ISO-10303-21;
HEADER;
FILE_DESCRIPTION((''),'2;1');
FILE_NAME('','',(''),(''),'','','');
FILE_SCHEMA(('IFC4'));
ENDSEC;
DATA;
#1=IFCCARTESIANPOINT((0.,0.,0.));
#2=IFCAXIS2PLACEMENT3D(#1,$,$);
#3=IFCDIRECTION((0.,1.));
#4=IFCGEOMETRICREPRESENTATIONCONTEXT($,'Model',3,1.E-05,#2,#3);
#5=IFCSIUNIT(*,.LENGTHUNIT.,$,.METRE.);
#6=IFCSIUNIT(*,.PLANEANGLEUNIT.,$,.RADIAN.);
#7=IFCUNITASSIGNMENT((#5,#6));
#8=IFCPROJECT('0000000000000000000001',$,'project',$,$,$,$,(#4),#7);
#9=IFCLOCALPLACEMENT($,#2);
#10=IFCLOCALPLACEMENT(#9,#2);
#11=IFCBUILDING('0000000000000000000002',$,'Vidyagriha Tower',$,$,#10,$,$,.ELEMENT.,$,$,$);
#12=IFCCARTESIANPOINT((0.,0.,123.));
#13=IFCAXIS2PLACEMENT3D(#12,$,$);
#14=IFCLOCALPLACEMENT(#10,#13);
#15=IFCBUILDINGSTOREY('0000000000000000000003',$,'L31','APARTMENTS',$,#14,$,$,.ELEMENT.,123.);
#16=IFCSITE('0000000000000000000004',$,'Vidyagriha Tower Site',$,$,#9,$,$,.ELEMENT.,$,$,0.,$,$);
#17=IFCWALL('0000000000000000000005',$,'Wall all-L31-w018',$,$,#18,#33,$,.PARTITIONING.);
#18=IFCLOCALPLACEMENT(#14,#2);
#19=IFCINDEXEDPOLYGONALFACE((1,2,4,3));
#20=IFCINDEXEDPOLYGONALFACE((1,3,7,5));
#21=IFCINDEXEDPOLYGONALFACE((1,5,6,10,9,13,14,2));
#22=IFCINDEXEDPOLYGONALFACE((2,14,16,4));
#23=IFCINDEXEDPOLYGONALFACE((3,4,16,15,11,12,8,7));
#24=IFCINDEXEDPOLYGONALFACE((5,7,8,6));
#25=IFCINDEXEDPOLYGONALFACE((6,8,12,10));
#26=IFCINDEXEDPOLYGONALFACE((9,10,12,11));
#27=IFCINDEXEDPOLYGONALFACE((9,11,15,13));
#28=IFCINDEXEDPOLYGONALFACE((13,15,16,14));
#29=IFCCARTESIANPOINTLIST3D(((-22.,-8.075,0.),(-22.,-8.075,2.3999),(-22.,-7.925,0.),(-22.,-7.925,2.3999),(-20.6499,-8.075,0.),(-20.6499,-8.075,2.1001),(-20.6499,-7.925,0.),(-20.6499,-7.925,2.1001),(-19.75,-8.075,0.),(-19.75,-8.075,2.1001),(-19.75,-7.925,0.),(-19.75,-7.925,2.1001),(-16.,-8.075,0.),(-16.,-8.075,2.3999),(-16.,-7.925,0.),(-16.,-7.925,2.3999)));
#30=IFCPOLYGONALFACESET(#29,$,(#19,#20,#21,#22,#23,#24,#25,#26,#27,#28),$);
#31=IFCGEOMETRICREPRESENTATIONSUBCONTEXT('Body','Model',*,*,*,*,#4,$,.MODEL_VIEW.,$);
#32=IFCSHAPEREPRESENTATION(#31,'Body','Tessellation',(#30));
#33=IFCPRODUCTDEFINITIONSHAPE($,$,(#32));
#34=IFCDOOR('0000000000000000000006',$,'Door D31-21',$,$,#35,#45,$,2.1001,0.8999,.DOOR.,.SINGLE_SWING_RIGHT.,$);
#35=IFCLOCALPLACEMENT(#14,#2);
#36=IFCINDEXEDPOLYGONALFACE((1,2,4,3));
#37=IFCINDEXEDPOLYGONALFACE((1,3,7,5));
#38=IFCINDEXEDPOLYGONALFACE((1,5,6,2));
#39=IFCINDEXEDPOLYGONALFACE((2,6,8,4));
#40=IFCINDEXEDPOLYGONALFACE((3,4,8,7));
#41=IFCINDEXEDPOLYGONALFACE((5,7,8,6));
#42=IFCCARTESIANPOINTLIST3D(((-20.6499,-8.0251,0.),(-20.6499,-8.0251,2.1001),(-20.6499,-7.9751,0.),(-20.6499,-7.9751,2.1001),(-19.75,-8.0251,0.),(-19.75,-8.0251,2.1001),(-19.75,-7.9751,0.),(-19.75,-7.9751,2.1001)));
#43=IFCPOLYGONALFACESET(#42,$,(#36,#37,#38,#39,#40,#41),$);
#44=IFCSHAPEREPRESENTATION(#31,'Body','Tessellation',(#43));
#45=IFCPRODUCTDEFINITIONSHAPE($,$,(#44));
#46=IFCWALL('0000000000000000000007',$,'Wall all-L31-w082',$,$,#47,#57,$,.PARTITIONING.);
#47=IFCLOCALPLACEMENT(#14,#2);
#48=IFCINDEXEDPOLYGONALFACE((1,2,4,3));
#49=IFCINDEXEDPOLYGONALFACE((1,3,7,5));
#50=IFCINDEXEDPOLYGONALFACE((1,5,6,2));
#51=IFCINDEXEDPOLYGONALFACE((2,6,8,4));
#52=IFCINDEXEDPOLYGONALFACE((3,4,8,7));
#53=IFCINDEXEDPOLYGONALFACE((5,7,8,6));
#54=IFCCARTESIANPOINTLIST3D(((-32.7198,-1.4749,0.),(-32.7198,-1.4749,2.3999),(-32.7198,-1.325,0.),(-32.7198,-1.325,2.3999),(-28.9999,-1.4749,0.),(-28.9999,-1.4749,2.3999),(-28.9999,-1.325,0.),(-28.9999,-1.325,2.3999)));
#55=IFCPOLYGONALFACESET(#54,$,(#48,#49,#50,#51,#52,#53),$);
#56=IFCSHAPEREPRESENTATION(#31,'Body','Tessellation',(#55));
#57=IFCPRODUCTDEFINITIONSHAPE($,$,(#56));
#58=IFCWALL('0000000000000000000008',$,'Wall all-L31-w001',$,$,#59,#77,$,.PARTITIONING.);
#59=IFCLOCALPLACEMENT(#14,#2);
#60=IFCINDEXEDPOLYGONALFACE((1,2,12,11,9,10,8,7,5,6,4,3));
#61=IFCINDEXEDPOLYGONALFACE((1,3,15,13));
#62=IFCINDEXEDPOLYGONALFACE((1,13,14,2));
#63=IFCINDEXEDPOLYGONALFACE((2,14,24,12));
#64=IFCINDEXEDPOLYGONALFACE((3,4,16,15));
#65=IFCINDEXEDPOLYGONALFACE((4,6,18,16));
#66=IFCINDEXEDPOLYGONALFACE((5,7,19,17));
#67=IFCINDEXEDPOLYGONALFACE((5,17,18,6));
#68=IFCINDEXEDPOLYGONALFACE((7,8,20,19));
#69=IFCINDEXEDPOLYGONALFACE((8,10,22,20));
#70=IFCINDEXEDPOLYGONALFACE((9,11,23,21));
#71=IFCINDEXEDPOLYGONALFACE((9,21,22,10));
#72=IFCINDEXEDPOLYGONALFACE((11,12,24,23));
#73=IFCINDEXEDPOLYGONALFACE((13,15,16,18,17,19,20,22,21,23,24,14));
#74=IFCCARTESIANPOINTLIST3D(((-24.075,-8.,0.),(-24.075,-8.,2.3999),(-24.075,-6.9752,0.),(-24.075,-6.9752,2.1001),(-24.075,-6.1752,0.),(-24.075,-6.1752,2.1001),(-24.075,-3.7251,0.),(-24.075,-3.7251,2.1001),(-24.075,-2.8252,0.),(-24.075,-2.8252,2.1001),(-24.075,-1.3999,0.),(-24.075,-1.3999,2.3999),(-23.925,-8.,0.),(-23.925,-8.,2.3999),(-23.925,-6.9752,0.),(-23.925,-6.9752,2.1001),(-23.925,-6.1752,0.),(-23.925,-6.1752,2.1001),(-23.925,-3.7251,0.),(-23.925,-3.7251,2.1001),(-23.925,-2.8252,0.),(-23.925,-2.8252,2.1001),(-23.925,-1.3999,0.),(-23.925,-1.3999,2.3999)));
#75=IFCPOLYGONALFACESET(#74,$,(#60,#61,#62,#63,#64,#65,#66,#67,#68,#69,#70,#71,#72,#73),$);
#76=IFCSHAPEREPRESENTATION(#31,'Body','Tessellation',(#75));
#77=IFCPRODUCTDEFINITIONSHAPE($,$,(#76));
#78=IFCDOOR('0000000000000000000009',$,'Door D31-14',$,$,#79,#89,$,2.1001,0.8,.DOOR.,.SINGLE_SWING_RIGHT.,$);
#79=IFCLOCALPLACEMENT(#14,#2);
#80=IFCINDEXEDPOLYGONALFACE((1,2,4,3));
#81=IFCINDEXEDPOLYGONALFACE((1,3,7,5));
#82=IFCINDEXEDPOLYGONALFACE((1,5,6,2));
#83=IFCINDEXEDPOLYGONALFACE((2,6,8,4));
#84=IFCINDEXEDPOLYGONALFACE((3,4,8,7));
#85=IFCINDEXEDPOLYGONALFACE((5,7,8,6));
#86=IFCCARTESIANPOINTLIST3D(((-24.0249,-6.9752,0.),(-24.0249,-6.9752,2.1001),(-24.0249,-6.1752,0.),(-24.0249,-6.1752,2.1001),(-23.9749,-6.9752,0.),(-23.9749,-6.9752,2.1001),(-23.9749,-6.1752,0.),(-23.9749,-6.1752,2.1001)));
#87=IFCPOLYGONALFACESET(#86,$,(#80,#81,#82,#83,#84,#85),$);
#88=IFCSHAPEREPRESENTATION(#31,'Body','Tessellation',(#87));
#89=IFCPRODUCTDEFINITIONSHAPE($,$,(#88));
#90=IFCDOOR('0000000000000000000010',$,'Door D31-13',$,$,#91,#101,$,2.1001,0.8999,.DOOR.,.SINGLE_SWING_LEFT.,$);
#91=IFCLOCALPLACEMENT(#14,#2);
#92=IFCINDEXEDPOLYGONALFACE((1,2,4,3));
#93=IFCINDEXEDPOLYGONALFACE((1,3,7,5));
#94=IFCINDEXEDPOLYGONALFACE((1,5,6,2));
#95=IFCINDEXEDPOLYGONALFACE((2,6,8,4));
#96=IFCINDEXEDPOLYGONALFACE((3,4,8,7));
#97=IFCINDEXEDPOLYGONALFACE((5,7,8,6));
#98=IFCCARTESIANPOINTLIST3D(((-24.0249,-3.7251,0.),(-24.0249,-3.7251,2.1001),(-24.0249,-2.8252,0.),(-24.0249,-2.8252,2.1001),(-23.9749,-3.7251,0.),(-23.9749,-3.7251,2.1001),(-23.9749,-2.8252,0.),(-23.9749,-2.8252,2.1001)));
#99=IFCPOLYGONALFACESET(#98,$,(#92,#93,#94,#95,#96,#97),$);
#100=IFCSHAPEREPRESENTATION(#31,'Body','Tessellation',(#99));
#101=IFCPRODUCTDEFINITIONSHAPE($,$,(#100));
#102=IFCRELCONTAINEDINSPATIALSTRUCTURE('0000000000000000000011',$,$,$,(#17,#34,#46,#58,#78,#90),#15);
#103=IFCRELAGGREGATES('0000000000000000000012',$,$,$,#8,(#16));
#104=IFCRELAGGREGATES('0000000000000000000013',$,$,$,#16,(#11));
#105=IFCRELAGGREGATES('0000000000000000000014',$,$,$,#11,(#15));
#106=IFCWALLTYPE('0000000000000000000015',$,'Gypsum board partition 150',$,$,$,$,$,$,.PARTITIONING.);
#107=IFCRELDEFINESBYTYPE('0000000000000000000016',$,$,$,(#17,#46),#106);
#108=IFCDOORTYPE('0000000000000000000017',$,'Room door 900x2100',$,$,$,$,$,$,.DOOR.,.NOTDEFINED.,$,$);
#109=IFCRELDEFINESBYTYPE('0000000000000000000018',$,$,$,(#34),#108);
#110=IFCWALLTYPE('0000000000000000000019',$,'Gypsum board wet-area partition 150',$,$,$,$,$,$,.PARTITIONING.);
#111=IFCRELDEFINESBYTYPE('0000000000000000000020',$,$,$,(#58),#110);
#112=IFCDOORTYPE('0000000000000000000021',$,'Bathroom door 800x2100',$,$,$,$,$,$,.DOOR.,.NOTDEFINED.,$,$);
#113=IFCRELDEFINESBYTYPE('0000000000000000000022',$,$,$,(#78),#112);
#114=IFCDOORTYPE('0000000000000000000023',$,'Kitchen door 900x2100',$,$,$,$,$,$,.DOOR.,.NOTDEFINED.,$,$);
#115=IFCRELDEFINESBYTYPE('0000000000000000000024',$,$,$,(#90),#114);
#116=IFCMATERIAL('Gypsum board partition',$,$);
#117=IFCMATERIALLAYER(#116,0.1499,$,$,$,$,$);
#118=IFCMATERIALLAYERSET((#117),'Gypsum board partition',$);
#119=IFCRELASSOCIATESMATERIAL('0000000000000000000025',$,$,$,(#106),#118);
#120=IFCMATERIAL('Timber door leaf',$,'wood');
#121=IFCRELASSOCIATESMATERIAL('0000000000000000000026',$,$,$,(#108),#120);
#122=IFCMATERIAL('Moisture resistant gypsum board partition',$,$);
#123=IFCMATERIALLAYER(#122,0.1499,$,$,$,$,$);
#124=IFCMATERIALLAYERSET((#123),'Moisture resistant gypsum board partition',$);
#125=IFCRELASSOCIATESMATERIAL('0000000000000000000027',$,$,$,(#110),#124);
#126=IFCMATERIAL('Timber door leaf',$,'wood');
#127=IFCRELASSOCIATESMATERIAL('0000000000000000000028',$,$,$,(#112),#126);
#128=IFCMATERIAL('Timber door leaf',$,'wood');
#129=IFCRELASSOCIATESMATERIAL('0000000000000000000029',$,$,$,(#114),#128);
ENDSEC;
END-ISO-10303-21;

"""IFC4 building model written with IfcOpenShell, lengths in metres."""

from ifc_helpers import new_model, si_unit, direction, frame, frame_2d, origin, place, context, subcontext, project, spatial, rectangle, extrude, material, layer, layer_set, type_object, element, fill, save


model = new_model("IFC4")

# Units and contexts
model_context = context("Model", 3, precision=1e-05, world=origin(), true_north=direction((0.0, 1.0)))
body_context = subcontext(model_context, "Body", "Model", "MODEL_VIEW")
ifc_project = project(units=[si_unit("LENGTHUNIT", "METRE"), si_unit("PLANEANGLEUNIT", "RADIAN")], contexts=[model_context])

# Site, building, storey
site_placement = place(None, origin())
site = spatial("IfcSite", under=ifc_project, at=site_placement, Name="Vidyagriha Tower Site", CompositionType="ELEMENT", RefElevation=0.0)
building_placement = place(site_placement, origin())
building = spatial("IfcBuilding", under=site, at=building_placement, Name="Vidyagriha Tower", CompositionType="ELEMENT")
storey_placement = place(building_placement, frame((0.0, 0.0, 123.0)))
storey = spatial("IfcBuildingStorey", under=building, at=storey_placement, Name="L31", Description="APARTMENTS", CompositionType="ELEMENT", Elevation=123.0)

# Shared definitions
ifc_material_1 = material(Name="Gypsum board partition")
ifc_layer_1 = layer(ifc_material_1, 0.1499)
ifc_layer_set_1 = layer_set([ifc_layer_1], Name="Gypsum board partition")
wall_type_1 = type_object("IfcWallType", Name="Gypsum board partition 150", PredefinedType="PARTITIONING", material=ifc_layer_set_1)

# Shared definitions
ifc_material_2 = material(Name="Timber door leaf", Category="wood")
door_type_1 = type_object("IfcDoorType", Name="Room door 900x2100", OperationType="NOTDEFINED", PredefinedType="DOOR", material=ifc_material_2)

# Wall, opening, door
wall_1_placement = place(storey_placement, frame((-22.0, -8.0, 0.0)))
wall_1 = element("IfcWall", 1, at=wall_1_placement, inside=storey, type_object=wall_type_1, Name="Wall all-L31-w018", PredefinedType="PARTITIONING", context=body_context, shape_type="SweptSolid", body=[
    extrude(rectangle(XDim=6.0, YDim=0.1499, at=frame_2d((3.0, 0.0))), origin(), (0.0, 0.0, 1.0), 2.3999),
])
opening_1_placement = place(wall_1_placement, frame((1.3501, 0.0, 0.0)))
opening_1 = element("IfcOpeningElement", 2, at=opening_1_placement, cuts=wall_1, PredefinedType="OPENING", context=body_context, shape_type="SweptSolid", body=[
    extrude(rectangle(XDim=0.8999, YDim=2.1001, at=frame_2d((0.45, 1.05))), frame((0.0, 0.085, 0.0), z_axis=(0.0, -1.0, 0.0), x_axis=(1.0, 0.0, 0.0)), (0.0, 0.0, 1.0), 0.1699),
])
door_1_placement = place(opening_1_placement, origin())
door_1 = element("IfcDoor", 3, at=door_1_placement, inside=storey, type_object=door_type_1, Name="Door D31-21", OperationType="SINGLE_SWING_RIGHT", OverallHeight=2.1001, OverallWidth=0.8999, PredefinedType="DOOR", context=body_context, shape_type="SweptSolid", body=[
    extrude(rectangle(XDim=0.8999, YDim=2.1001, at=frame_2d((0.45, 1.05))), frame((0.0, 0.0249, 0.0), z_axis=(0.0, -1.0, 0.0), x_axis=(1.0, 0.0, 0.0)), (0.0, 0.0, 1.0), 0.05),
])
fill(opening_1, door_1)

# Wall
wall_2_placement = place(storey_placement, frame((-29.0, -1.3999, 0.0), z_axis=(0.0, 0.0, 1.0), x_axis=(-1.0, 0.0, 0.0)))
element("IfcWall", 4, at=wall_2_placement, inside=storey, type_object=wall_type_1, Name="Wall all-L31-w082", PredefinedType="PARTITIONING", context=body_context, shape_type="SweptSolid", body=[
    extrude(rectangle(XDim=3.72, YDim=0.1499, at=frame_2d((1.8599, 0.0))), origin(), (0.0, 0.0, 1.0), 2.3999),
])

# Wall, openings, doors
ifc_material_3 = material(Name="Moisture resistant gypsum board partition")
ifc_layer_2 = layer(ifc_material_3, 0.1499)
ifc_layer_set_2 = layer_set([ifc_layer_2], Name="Moisture resistant gypsum board partition")
wall_type_2 = type_object("IfcWallType", Name="Gypsum board wet-area partition 150", PredefinedType="PARTITIONING", material=ifc_layer_set_2)
wall_3_placement = place(storey_placement, frame((-24.0, -8.0, 0.0), z_axis=(0.0, 0.0, 1.0), x_axis=(0.0, 1.0, 0.0)))
wall_3 = element("IfcWall", 5, at=wall_3_placement, inside=storey, type_object=wall_type_2, Name="Wall all-L31-w001", PredefinedType="PARTITIONING", context=body_context, shape_type="SweptSolid", body=[
    extrude(rectangle(XDim=6.6001, YDim=0.1499, at=frame_2d((3.3, 0.0))), origin(), (0.0, 0.0, 1.0), 2.3999),
])
opening_2_placement = place(wall_3_placement, frame((4.2749, 0.0, 0.0)))
opening_2 = element("IfcOpeningElement", 6, at=opening_2_placement, cuts=wall_3, PredefinedType="OPENING", context=body_context, shape_type="SweptSolid", body=[
    extrude(rectangle(XDim=0.8999, YDim=2.1001, at=frame_2d((0.45, 1.05))), frame((0.0, 0.085, 0.0), z_axis=(0.0, -1.0, 0.0), x_axis=(1.0, 0.0, 0.0)), (0.0, 0.0, 1.0), 0.1699),
])
opening_3_placement = place(wall_3_placement, frame((1.0249, 0.0, 0.0)))
opening_3 = element("IfcOpeningElement", 7, at=opening_3_placement, cuts=wall_3, PredefinedType="OPENING", context=body_context, shape_type="SweptSolid", body=[
    extrude(rectangle(XDim=0.8, YDim=2.1001, at=frame_2d((0.3999, 1.05))), frame((0.0, 0.085, 0.0), z_axis=(0.0, -1.0, 0.0), x_axis=(1.0, 0.0, 0.0)), (0.0, 0.0, 1.0), 0.1699),
])
ifc_material_4 = material(Name="Timber door leaf", Category="wood")
door_type_2 = type_object("IfcDoorType", Name="Bathroom door 800x2100", OperationType="NOTDEFINED", PredefinedType="DOOR", material=ifc_material_4)
door_2_placement = place(opening_3_placement, origin())
door_2 = element("IfcDoor", 8, at=door_2_placement, inside=storey, type_object=door_type_2, Name="Door D31-14", OperationType="SINGLE_SWING_RIGHT", OverallHeight=2.1001, OverallWidth=0.8, PredefinedType="DOOR", context=body_context, shape_type="SweptSolid", body=[
    extrude(rectangle(XDim=0.8, YDim=2.1001, at=frame_2d((0.3999, 1.05))), frame((0.0, 0.0249, 0.0), z_axis=(0.0, -1.0, 0.0), x_axis=(1.0, 0.0, 0.0)), (0.0, 0.0, 1.0), 0.05),
])
fill(opening_3, door_2)
ifc_material_5 = material(Name="Timber door leaf", Category="wood")
door_type_3 = type_object("IfcDoorType", Name="Kitchen door 900x2100", OperationType="NOTDEFINED", PredefinedType="DOOR", material=ifc_material_5)
door_3_placement = place(opening_2_placement, origin())
door_3 = element("IfcDoor", 9, at=door_3_placement, inside=storey, type_object=door_type_3, Name="Door D31-13", OperationType="SINGLE_SWING_LEFT", OverallHeight=2.1001, OverallWidth=0.8999, PredefinedType="DOOR", context=body_context, shape_type="SweptSolid", body=[
    extrude(rectangle(XDim=0.8999, YDim=2.1001, at=frame_2d((0.45, 1.05))), frame((0.0, 0.0249, 0.0), z_axis=(0.0, -1.0, 0.0), x_axis=(1.0, 0.0, 0.0)), (0.0, 0.0, 1.0), 0.05),
])
fill(opening_2, door_3)

save(model, "model.ifc")
